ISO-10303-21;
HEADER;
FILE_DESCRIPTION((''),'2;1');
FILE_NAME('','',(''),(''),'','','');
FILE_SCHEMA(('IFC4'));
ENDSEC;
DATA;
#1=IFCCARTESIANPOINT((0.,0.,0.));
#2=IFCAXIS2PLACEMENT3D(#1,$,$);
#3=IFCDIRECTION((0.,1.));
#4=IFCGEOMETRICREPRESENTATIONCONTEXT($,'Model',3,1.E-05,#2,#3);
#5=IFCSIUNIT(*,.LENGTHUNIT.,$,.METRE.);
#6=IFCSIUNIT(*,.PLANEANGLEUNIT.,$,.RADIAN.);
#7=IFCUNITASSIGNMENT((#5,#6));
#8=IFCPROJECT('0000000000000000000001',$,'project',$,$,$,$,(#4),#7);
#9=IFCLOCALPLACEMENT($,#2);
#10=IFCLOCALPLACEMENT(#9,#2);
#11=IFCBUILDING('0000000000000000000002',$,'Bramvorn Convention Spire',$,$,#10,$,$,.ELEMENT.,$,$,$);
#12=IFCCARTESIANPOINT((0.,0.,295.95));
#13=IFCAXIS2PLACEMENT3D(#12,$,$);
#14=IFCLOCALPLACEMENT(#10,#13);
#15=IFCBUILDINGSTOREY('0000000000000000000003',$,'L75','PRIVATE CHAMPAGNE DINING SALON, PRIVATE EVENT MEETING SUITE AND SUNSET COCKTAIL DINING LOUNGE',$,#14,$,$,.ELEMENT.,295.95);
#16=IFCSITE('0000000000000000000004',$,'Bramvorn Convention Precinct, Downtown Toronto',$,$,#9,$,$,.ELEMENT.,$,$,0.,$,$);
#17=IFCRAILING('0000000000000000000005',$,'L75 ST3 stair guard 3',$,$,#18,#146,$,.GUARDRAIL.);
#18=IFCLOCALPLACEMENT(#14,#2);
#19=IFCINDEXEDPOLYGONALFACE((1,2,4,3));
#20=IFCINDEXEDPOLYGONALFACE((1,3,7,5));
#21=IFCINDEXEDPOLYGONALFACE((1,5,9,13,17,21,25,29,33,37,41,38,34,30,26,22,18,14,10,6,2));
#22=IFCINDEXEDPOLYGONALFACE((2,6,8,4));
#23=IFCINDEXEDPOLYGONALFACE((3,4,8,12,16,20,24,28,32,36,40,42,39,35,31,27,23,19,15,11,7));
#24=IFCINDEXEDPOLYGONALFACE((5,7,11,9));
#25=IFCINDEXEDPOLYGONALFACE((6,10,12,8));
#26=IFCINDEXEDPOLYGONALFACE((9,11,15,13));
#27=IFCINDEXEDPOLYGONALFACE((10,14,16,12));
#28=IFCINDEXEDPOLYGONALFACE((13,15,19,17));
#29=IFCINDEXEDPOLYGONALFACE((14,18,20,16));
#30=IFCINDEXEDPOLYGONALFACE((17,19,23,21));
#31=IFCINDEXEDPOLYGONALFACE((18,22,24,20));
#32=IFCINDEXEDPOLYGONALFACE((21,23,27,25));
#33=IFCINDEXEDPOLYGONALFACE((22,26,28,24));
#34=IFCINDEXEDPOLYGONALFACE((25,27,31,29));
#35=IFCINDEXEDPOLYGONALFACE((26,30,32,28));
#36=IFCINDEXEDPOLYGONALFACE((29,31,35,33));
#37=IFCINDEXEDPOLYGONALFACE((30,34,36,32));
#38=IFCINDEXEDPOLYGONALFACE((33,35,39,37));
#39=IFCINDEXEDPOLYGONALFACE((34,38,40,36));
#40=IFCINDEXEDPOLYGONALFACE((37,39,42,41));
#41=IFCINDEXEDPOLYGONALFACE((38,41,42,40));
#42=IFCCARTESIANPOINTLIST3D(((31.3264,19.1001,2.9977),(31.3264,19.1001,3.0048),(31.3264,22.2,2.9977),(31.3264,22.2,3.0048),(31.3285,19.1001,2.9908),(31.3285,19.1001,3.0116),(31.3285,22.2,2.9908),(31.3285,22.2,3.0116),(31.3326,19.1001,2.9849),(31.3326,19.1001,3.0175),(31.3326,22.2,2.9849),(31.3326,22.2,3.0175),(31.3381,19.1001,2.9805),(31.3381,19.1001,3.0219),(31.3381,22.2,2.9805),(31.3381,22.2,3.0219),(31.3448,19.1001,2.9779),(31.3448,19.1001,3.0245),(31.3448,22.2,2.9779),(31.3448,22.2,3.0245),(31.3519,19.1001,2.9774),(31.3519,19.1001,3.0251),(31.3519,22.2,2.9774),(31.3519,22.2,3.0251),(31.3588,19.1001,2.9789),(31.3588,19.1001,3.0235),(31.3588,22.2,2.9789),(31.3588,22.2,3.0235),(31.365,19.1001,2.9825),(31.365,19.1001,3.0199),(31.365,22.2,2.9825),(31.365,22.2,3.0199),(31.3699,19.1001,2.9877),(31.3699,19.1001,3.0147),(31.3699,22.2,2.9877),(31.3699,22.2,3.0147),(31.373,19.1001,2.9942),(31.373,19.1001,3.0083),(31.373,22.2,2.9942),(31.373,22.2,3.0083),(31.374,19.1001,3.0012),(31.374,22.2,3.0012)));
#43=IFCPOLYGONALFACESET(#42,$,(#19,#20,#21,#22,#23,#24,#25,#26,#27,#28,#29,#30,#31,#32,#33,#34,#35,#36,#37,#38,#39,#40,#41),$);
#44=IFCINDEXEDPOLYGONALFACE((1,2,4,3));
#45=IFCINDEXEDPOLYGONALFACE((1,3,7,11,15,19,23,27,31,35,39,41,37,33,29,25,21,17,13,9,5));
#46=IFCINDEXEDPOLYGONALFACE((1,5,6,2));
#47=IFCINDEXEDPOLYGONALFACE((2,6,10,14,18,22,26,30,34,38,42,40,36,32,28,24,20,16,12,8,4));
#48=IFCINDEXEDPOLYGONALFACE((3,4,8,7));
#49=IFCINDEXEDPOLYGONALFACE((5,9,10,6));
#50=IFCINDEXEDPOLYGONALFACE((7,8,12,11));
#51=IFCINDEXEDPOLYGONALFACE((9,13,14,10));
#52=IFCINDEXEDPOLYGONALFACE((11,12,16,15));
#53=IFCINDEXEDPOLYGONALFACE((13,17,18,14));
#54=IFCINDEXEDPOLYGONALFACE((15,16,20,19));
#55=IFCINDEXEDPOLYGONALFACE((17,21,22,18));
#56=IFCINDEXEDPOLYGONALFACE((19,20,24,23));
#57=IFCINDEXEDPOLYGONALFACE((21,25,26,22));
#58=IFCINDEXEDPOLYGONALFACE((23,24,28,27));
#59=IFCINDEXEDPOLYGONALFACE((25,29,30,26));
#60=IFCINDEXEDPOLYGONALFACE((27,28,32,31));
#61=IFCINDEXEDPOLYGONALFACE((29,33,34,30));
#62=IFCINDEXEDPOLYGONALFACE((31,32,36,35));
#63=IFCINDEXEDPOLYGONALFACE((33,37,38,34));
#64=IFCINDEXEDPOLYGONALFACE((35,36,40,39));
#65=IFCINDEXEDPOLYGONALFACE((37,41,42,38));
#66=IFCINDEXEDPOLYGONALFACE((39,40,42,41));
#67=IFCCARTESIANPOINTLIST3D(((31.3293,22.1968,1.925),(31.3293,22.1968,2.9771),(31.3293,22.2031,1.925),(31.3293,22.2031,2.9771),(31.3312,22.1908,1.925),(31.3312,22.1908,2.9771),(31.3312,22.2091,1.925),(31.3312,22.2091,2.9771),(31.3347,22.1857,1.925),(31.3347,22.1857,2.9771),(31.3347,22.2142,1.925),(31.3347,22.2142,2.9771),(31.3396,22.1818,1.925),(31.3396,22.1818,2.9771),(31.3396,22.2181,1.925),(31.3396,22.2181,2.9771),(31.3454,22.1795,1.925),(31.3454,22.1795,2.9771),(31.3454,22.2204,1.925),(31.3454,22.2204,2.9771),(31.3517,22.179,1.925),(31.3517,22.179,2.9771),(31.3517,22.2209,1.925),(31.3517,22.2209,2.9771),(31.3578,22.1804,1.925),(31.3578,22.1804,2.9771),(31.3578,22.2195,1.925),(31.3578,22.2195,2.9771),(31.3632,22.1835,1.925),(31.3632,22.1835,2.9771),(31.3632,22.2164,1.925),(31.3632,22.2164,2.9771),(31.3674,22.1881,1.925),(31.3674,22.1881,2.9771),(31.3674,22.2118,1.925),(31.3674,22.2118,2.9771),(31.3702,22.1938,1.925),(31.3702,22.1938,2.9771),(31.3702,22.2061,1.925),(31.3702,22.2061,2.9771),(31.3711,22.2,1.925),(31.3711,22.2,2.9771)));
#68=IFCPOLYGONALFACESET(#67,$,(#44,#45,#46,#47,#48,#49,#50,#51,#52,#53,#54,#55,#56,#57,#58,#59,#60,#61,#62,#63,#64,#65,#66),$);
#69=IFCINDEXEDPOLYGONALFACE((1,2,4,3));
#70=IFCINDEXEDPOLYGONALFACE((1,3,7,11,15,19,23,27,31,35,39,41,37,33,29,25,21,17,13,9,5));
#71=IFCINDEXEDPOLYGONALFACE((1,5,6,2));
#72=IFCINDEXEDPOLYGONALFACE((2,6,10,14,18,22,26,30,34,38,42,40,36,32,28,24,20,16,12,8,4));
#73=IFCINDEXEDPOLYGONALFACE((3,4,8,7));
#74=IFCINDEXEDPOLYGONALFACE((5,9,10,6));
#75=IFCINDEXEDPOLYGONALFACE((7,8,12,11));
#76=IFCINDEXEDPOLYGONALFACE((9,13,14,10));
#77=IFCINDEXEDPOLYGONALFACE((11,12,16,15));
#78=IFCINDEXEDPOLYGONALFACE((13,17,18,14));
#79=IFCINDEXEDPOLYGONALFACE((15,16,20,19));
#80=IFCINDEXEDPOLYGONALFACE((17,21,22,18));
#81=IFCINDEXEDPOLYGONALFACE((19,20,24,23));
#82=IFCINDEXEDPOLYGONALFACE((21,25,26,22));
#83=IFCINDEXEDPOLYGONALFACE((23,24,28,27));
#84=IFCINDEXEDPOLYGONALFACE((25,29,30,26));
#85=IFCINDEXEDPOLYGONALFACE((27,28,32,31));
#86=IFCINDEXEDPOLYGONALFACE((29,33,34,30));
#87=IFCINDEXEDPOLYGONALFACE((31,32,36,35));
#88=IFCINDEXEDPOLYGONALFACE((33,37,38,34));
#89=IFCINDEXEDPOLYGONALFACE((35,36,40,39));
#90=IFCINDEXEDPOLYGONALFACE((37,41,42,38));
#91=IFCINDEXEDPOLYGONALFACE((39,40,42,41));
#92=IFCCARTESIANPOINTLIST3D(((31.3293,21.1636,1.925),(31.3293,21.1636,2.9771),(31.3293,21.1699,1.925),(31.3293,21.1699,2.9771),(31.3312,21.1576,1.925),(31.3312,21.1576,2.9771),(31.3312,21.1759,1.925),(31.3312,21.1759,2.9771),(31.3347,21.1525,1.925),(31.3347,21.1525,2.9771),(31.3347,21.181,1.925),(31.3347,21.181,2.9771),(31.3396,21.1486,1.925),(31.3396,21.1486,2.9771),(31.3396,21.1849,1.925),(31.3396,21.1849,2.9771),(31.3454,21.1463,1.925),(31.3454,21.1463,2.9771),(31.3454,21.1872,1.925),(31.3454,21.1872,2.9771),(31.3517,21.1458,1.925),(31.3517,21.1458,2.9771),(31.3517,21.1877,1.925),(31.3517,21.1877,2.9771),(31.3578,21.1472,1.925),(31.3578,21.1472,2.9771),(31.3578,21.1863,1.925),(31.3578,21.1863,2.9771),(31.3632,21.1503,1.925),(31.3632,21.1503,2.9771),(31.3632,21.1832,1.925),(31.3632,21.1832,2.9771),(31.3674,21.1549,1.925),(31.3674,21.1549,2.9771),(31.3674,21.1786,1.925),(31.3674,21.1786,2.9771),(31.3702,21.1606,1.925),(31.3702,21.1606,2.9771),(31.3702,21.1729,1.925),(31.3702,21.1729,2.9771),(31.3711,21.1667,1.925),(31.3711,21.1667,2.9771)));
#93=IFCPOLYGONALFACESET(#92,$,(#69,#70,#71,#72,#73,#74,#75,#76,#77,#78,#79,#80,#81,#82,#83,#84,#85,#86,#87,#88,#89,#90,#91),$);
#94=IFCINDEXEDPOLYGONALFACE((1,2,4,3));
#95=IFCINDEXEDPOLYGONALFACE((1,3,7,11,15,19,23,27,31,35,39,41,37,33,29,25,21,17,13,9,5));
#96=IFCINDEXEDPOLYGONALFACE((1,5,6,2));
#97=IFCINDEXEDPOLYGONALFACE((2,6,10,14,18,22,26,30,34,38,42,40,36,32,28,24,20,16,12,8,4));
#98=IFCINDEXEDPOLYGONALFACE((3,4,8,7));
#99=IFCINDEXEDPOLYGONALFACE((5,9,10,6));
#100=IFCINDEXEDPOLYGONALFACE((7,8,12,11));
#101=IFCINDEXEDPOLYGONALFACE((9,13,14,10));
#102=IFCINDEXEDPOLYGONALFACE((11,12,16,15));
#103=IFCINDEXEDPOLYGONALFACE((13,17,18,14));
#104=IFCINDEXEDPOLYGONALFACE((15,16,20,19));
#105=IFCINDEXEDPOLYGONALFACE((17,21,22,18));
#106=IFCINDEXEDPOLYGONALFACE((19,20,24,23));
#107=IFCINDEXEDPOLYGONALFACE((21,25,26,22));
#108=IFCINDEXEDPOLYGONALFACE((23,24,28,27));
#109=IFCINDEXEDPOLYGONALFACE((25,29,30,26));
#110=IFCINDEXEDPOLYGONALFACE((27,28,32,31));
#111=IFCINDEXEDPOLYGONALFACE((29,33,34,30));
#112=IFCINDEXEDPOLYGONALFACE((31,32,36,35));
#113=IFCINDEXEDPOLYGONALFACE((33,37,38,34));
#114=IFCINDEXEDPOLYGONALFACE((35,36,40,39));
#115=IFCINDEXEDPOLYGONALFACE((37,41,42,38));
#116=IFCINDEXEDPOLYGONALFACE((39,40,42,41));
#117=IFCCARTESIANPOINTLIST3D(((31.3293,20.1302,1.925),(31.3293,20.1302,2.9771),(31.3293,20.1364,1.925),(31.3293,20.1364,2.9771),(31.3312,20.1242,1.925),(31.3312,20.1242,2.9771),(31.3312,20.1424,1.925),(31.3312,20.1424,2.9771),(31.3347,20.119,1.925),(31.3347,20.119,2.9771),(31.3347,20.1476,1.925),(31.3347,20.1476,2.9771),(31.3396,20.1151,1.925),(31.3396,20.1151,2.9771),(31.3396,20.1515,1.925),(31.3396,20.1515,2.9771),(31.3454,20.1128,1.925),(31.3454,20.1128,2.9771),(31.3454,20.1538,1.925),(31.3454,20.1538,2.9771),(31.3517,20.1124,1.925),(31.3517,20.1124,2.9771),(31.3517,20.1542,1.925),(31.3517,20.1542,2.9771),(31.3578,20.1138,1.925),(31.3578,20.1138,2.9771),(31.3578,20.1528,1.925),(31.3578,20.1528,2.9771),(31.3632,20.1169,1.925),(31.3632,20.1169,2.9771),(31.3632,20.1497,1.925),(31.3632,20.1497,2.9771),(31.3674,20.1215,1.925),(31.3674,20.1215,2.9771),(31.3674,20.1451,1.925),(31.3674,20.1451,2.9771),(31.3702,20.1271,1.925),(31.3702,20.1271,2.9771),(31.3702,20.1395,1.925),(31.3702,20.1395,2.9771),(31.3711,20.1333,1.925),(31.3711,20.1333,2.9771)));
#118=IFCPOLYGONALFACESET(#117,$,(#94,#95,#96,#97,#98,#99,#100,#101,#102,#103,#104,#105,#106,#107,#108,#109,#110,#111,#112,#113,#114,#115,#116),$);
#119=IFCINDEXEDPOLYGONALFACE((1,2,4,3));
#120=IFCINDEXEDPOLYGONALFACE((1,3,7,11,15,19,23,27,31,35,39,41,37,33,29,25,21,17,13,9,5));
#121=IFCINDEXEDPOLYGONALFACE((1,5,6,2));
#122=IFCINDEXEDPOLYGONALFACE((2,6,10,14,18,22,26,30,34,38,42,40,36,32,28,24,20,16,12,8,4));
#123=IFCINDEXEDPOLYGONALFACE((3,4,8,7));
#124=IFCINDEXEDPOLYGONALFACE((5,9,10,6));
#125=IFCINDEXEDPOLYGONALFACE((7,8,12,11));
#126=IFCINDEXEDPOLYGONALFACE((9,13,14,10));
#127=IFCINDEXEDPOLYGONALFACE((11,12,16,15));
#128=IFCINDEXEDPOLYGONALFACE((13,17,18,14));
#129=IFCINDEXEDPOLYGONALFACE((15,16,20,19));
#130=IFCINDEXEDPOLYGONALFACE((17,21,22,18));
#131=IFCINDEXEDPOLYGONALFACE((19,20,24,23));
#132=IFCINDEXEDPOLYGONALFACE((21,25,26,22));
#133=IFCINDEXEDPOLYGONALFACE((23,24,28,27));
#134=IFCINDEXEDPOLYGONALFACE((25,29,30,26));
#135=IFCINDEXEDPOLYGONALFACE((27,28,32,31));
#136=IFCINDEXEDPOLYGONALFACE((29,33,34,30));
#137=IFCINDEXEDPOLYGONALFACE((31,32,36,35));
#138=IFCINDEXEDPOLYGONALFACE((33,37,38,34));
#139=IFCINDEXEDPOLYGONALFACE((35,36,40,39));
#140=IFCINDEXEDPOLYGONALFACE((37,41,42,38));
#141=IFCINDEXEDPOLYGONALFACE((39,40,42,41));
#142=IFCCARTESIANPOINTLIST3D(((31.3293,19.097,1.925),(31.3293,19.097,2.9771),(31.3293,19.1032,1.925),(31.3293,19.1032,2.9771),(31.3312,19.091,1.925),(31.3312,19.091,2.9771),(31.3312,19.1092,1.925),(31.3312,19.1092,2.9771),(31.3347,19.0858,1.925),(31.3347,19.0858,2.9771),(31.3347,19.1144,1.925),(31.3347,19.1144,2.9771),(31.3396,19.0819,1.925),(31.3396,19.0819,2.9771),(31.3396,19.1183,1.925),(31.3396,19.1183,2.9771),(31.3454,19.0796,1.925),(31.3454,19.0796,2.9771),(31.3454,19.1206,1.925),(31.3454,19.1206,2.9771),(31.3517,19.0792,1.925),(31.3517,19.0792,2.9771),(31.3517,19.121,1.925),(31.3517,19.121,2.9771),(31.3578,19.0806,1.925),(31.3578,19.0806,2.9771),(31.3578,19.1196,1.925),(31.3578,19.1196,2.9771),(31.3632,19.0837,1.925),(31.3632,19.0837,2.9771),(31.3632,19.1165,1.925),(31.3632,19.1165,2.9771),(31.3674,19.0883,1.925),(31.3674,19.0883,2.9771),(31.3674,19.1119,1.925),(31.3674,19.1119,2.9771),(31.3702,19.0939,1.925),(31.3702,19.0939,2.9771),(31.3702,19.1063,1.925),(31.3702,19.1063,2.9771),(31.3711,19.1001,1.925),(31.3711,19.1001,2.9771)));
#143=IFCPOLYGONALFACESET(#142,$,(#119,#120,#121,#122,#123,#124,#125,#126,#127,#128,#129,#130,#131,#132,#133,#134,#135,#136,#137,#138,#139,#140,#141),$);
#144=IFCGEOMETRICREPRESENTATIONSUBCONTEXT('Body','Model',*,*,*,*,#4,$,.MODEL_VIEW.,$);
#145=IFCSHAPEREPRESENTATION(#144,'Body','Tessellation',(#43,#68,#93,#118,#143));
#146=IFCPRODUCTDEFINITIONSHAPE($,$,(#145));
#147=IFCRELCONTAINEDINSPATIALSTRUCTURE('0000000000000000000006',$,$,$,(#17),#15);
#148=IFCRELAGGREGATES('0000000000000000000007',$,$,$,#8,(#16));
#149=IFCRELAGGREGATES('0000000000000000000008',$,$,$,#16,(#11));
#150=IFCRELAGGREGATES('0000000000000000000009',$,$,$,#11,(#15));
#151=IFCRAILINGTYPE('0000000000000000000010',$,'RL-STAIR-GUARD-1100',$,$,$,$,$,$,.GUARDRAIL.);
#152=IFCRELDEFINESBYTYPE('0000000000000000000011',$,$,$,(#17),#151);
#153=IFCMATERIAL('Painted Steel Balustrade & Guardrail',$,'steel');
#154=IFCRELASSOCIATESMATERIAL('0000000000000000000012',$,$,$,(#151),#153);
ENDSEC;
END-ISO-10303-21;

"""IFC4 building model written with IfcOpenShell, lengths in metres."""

from ifc_helpers import new_model, si_unit, direction, frame, origin, origin_2d, place, context, subcontext, project, spatial, circle, extrude, material, type_object, element, save


model = new_model("IFC4")

# Units and contexts
model_context = context("Model", 3, precision=1e-05, world=origin(), true_north=direction((0.0, 1.0)))
body_context = subcontext(model_context, "Body", "Model", "MODEL_VIEW")
ifc_project = project(units=[si_unit("LENGTHUNIT", "METRE"), si_unit("PLANEANGLEUNIT", "RADIAN")], contexts=[model_context])

# Site, building, storey
site_placement = place(None, origin())
site = spatial("IfcSite", under=ifc_project, at=site_placement, Name="Bramvorn Convention Precinct, Downtown Toronto", CompositionType="ELEMENT", RefElevation=0.0)
building_placement = place(site_placement, origin())
building = spatial("IfcBuilding", under=site, at=building_placement, Name="Bramvorn Convention Spire", CompositionType="ELEMENT")
storey_placement = place(building_placement, frame((0.0, 0.0, 295.95)))
storey = spatial("IfcBuildingStorey", under=building, at=storey_placement, Name="L75", Description="PRIVATE CHAMPAGNE DINING SALON, PRIVATE EVENT MEETING SUITE AND SUNSET COCKTAIL DINING LOUNGE", CompositionType="ELEMENT", Elevation=295.95)

# Railing
ifc_material_1 = material(Name="Painted Steel Balustrade & Guardrail", Category="steel")
railing_type_1 = type_object("IfcRailingType", Name="RL-STAIR-GUARD-1100", PredefinedType="GUARDRAIL", material=ifc_material_1)
for number, where, name in (
    (1, (31.3501, 22.2, 1.925), "L75 ST3 stair guard 3"),
):
    element("IfcRailing", number, at=place(storey_placement, frame(where)), inside=storey, type_object=railing_type_1, Name=name, PredefinedType="GUARDRAIL", context=body_context, shape_type="SweptSolid", body=[
        extrude(circle(Radius=0.0239, at=origin_2d()), frame((0.0, 0.0, 1.0762), z_axis=(0.0, -1.0, 0.0), x_axis=(1.0, 0.0, 0.0)), (0.0, 0.0, 1.0), 3.0999),
        extrude(circle(Radius=0.021, at=origin_2d()), origin(), (0.0, 0.0, 1.0), 1.052),
        extrude(circle(Radius=0.021, at=origin_2d()), frame((0.0, -1.0332, 0.0)), (0.0, 0.0, 1.0), 1.052),
        extrude(circle(Radius=0.021, at=origin_2d()), frame((0.0, -2.0667, 0.0)), (0.0, 0.0, 1.0), 1.052),
        extrude(circle(Radius=0.021, at=origin_2d()), frame((0.0, -3.0999, 0.0)), (0.0, 0.0, 1.0), 1.052),
    ])

save(model, "model.ifc")
